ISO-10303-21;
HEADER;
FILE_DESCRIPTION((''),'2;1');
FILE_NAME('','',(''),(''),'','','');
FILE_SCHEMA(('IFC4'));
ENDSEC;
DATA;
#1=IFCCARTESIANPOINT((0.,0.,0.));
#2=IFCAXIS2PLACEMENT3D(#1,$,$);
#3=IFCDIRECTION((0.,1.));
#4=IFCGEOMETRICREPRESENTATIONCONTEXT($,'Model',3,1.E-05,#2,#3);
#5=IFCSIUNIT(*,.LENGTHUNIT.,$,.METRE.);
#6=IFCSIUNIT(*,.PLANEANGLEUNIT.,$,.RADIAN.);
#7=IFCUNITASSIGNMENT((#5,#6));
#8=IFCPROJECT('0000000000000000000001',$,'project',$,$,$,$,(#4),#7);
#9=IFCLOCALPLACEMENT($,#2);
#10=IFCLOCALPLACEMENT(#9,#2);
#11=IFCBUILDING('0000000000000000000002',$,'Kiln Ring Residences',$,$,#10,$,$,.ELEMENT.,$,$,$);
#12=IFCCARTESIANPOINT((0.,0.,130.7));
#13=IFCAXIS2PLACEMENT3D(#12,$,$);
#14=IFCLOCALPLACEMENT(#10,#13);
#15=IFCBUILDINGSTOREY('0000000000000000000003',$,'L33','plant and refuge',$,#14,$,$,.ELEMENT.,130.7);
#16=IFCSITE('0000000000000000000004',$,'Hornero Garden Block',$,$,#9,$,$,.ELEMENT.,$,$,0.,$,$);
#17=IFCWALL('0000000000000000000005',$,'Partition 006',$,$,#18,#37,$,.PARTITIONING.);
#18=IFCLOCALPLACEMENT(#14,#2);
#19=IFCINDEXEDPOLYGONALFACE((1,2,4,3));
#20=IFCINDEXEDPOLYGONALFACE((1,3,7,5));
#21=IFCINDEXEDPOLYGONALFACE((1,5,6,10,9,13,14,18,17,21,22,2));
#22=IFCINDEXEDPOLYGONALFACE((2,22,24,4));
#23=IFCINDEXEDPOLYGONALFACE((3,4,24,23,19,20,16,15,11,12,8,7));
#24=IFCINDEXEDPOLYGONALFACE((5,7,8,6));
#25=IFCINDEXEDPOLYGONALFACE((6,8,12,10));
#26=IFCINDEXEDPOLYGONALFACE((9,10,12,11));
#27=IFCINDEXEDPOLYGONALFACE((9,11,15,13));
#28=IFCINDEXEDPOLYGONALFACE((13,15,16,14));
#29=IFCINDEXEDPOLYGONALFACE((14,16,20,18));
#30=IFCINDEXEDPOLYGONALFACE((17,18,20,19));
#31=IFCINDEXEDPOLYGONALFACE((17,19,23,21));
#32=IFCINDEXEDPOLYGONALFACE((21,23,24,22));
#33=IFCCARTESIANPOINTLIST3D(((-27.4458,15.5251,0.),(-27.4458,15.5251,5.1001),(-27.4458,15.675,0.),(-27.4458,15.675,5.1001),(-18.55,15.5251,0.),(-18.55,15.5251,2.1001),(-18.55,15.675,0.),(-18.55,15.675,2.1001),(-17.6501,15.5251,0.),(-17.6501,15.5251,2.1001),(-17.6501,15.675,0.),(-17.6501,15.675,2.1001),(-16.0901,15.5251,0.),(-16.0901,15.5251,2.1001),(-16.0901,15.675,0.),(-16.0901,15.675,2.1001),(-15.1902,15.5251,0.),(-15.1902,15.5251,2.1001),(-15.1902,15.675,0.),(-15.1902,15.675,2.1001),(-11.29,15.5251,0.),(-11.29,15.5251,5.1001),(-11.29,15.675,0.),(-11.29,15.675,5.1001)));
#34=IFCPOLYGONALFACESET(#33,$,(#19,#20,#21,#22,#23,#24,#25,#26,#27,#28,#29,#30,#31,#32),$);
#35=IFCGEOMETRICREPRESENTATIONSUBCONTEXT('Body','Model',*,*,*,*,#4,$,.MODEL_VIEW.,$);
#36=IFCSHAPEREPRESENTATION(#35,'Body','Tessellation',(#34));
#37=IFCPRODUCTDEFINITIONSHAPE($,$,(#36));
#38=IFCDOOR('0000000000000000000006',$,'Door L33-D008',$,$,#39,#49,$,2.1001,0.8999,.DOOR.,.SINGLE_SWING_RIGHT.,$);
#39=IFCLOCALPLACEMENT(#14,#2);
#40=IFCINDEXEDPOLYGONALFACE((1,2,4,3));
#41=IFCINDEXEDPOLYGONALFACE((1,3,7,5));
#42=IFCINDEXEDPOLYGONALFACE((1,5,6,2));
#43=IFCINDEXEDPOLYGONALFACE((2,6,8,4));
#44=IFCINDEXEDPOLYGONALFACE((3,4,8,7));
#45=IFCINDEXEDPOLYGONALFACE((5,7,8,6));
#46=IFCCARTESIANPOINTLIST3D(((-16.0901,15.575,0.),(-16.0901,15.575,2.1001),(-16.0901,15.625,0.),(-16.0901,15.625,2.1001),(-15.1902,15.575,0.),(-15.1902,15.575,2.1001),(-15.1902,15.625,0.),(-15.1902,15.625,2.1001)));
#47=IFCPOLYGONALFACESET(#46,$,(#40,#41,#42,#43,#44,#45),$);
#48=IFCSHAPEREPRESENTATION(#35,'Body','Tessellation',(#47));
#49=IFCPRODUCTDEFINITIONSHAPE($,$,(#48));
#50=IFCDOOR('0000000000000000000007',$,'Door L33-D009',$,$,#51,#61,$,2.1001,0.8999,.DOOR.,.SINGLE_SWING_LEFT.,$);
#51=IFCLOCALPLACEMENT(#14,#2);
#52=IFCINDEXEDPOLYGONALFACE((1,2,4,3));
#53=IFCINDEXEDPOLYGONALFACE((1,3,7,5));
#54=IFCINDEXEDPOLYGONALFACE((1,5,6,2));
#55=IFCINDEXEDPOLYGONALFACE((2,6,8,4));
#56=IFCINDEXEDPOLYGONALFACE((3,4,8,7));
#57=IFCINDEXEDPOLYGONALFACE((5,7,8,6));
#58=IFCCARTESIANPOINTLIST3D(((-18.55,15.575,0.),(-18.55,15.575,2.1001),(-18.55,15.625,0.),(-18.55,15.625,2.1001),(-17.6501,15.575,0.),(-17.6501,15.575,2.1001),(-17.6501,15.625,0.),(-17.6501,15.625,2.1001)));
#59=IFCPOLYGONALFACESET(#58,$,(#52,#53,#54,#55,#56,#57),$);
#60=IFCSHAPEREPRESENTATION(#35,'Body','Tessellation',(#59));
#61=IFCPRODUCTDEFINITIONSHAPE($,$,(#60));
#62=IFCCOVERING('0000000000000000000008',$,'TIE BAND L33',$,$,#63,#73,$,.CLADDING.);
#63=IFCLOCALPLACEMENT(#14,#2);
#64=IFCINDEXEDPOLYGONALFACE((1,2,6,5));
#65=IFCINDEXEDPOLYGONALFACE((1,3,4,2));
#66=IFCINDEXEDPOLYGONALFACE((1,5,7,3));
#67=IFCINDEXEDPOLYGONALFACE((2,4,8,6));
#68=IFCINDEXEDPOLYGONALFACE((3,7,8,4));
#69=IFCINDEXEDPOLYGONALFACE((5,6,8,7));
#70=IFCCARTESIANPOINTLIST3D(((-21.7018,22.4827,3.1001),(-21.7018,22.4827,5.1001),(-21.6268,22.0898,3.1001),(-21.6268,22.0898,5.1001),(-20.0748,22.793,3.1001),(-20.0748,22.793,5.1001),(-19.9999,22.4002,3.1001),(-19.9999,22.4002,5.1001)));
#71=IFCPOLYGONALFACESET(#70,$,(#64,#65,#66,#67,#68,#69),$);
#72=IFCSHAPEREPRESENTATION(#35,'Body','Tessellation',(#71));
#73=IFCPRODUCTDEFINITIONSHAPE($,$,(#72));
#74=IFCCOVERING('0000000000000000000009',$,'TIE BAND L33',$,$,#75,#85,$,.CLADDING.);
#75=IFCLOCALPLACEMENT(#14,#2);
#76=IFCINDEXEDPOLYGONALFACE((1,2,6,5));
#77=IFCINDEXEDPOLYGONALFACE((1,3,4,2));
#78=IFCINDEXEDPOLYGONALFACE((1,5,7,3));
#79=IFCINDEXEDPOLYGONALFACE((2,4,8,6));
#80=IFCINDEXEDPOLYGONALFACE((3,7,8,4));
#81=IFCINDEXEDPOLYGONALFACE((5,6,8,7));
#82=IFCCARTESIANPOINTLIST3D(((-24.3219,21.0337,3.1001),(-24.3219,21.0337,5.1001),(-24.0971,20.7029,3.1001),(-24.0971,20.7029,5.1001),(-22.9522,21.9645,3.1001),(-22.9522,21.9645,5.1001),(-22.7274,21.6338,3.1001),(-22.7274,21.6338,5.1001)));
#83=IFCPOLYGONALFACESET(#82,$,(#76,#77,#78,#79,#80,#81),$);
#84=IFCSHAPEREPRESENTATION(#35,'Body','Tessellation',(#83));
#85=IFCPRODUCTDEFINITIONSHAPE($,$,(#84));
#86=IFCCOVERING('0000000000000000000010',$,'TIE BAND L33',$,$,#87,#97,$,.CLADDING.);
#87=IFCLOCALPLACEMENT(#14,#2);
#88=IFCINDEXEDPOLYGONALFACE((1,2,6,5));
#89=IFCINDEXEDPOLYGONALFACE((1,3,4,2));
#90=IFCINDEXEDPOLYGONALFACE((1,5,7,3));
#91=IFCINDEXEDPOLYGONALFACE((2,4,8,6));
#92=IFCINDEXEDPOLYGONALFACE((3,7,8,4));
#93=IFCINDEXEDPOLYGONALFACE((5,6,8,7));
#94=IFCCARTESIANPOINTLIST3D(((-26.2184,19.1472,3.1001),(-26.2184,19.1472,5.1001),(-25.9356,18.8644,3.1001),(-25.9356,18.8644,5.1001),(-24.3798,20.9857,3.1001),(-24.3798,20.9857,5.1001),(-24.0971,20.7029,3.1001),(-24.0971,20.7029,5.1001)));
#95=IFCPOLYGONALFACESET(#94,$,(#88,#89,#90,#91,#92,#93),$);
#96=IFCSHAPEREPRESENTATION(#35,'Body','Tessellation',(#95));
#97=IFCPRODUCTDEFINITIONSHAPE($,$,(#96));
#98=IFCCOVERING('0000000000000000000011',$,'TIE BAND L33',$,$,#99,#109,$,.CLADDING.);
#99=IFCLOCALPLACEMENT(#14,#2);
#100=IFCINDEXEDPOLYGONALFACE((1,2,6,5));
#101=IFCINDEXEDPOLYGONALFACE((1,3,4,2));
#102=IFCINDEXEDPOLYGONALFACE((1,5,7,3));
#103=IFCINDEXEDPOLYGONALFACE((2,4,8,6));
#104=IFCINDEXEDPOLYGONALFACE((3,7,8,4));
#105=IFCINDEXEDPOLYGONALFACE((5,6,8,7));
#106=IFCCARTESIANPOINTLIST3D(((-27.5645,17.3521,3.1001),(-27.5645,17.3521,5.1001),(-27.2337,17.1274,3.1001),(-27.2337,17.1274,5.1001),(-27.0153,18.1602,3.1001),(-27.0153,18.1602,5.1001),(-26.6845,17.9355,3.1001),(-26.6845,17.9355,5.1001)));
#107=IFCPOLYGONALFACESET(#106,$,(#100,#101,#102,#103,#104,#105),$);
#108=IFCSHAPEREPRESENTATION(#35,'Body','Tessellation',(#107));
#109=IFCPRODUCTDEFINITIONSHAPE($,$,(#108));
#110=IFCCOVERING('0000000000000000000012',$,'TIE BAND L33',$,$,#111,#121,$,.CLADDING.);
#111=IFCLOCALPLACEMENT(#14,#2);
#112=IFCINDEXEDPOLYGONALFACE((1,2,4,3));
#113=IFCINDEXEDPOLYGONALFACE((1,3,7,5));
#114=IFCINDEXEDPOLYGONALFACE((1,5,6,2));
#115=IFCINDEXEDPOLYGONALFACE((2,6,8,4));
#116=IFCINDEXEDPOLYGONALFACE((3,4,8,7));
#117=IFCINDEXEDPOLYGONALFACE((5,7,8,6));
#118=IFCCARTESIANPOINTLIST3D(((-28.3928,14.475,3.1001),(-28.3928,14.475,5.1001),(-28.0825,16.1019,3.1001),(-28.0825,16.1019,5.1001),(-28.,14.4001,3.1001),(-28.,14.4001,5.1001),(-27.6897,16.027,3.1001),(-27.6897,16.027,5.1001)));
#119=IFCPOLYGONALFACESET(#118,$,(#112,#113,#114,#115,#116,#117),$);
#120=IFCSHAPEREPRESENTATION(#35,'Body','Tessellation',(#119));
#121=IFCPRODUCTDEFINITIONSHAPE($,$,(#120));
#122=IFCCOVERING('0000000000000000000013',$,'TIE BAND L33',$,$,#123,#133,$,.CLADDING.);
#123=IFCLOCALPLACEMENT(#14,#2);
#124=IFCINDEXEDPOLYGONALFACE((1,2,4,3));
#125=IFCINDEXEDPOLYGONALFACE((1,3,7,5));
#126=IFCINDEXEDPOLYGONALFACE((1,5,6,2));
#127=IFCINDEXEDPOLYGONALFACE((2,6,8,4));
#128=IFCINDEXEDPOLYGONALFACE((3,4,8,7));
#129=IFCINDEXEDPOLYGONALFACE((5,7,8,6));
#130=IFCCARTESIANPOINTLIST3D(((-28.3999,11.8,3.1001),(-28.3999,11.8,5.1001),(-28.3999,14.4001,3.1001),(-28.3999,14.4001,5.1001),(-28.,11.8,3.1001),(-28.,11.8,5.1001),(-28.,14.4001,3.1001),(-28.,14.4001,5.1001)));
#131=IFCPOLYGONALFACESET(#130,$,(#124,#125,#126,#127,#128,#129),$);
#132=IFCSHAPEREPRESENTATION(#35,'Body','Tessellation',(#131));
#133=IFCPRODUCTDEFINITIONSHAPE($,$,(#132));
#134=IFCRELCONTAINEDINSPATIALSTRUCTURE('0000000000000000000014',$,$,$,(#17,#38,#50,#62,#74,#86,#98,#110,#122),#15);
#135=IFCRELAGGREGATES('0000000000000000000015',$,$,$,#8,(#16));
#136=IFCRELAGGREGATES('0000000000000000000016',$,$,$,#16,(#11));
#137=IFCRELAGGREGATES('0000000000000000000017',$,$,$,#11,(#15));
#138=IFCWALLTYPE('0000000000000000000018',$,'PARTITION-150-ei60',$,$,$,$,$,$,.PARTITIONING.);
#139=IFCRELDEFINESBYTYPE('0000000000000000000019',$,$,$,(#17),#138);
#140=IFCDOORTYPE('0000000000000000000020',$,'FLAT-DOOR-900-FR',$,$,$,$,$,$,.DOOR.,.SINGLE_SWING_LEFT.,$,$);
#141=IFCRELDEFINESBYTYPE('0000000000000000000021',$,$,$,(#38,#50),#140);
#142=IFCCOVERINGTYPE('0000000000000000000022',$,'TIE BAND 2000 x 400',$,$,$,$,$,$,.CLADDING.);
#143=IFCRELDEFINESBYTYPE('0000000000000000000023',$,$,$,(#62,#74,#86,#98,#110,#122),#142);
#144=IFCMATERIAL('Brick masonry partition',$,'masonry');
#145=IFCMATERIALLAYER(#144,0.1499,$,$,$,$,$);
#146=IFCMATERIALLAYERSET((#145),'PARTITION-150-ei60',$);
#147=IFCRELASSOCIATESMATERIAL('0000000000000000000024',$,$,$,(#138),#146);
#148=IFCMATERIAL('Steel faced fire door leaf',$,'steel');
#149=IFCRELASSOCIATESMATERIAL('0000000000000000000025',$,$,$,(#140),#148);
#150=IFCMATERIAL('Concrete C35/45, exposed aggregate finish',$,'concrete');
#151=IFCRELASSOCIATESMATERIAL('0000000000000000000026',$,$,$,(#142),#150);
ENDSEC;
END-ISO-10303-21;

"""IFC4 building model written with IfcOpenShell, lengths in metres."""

from ifc_helpers import new_model, si_unit, direction, frame, frame_2d, origin, origin_2d, place, context, subcontext, project, spatial, rectangle, extrude, material, layer, layer_set, type_object, element, fill, save


model = new_model("IFC4")

# Units and contexts
model_context = context("Model", 3, precision=1e-05, world=origin(), true_north=direction((0.0, 1.0)))
body_context = subcontext(model_context, "Body", "Model", "MODEL_VIEW")
ifc_project = project(units=[si_unit("LENGTHUNIT", "METRE"), si_unit("PLANEANGLEUNIT", "RADIAN")], contexts=[model_context])

# Site, building, storey
site_placement = place(None, origin())
site = spatial("IfcSite", under=ifc_project, at=site_placement, Name="Hornero Garden Block", CompositionType="ELEMENT", RefElevation=0.0)
building_placement = place(site_placement, origin())
building = spatial("IfcBuilding", under=site, at=building_placement, Name="Kiln Ring Residences", CompositionType="ELEMENT")
storey_placement = place(building_placement, frame((0.0, 0.0, 130.7)))
storey = spatial("IfcBuildingStorey", under=building, at=storey_placement, Name="L33", Description="plant and refuge", CompositionType="ELEMENT", Elevation=130.7)

# Wall, openings, doors
ifc_material_1 = material(Name="Brick masonry partition", Category="masonry")
ifc_layer_1 = layer(ifc_material_1, 0.1499)
ifc_layer_set_1 = layer_set([ifc_layer_1], Name="PARTITION-150-ei60")
wall_type_1 = type_object("IfcWallType", Name="PARTITION-150-ei60", PredefinedType="PARTITIONING", material=ifc_layer_set_1)
wall_1_placement = place(storey_placement, frame((-27.4458, 15.6001, 0.0), z_axis=(0.0, 0.0, 1.0), x_axis=(1.0, 0.0, 0.0)))
wall_1 = element("IfcWall", 1, at=wall_1_placement, inside=storey, type_object=wall_type_1, Name="Partition 006", PredefinedType="PARTITIONING", context=body_context, shape_type="SweptSolid", body=[
    extrude(rectangle(XDim=16.1558, YDim=0.1499, at=frame_2d((8.0779, 0.0))), origin(), (0.0, 0.0, 1.0), 5.1001),
])
opening_1_placement = place(wall_1_placement, frame((11.3557, 0.0, 0.0)))
opening_1 = element("IfcOpeningElement", 2, at=opening_1_placement, cuts=wall_1, PredefinedType="OPENING", context=body_context, shape_type="SweptSolid", body=[
    extrude(rectangle(XDim=0.8999, YDim=2.1001, at=frame_2d((0.45, 1.05))), frame((0.0, 0.085, 0.0), z_axis=(0.0, -1.0, 0.0), x_axis=(1.0, 0.0, 0.0)), (0.0, 0.0, 1.0), 0.1699),
])
opening_2_placement = place(wall_1_placement, frame((8.8958, 0.0, 0.0)))
opening_2 = element("IfcOpeningElement", 3, at=opening_2_placement, cuts=wall_1, PredefinedType="OPENING", context=body_context, shape_type="SweptSolid", body=[
    extrude(rectangle(XDim=0.8999, YDim=2.1001, at=frame_2d((0.45, 1.05))), frame((0.0, 0.085, 0.0), z_axis=(0.0, -1.0, 0.0), x_axis=(1.0, 0.0, 0.0)), (0.0, 0.0, 1.0), 0.1699),
])
ifc_material_2 = material(Name="Steel faced fire door leaf", Category="steel")
door_type = type_object("IfcDoorType", Name="FLAT-DOOR-900-FR", OperationType="SINGLE_SWING_LEFT", PredefinedType="DOOR", material=ifc_material_2)
door_1_placement = place(opening_1_placement, origin())
door_1 = element("IfcDoor", 4, at=door_1_placement, inside=storey, type_object=door_type, Name="Door L33-D008", OperationType="SINGLE_SWING_RIGHT", OverallHeight=2.1001, OverallWidth=0.8999, PredefinedType="DOOR", context=body_context, shape_type="SweptSolid", body=[
    extrude(rectangle(XDim=0.8999, YDim=2.1001, at=frame_2d((0.45, 1.05))), frame((0.0, 0.0249, 0.0), z_axis=(0.0, -1.0, 0.0), x_axis=(1.0, 0.0, 0.0)), (0.0, 0.0, 1.0), 0.05),
])
fill(opening_1, door_1)
door_2_placement = place(opening_2_placement, origin())
door_2 = element("IfcDoor", 5, at=door_2_placement, inside=storey, type_object=door_type, Name="Door L33-D009", OperationType="SINGLE_SWING_LEFT", OverallHeight=2.1001, OverallWidth=0.8999, PredefinedType="DOOR", context=body_context, shape_type="SweptSolid", body=[
    extrude(rectangle(XDim=0.8999, YDim=2.1001, at=frame_2d((0.45, 1.05))), frame((0.0, 0.0249, 0.0), z_axis=(0.0, -1.0, 0.0), x_axis=(1.0, 0.0, 0.0)), (0.0, 0.0, 1.0), 0.05),
])
fill(opening_2, door_2)

# Coverings
ifc_material_3 = material(Name="Concrete C35/45, exposed aggregate finish", Category="concrete")
covering_type = type_object("IfcCoveringType", Name="TIE BAND 2000 x 400", PredefinedType="CLADDING", material=ifc_material_3)
covering_1_placement = place(storey_placement, frame((-20.8508, 22.4414, 3.1001), z_axis=(0.0, 0.0, 1.0), x_axis=(-0.98229, -0.187366, 0.0)))
element("IfcCovering", 6, at=covering_1_placement, inside=storey, type_object=covering_type, Name="TIE BAND L33", PredefinedType="CLADDING", context=body_context, shape_type="SweptSolid", body=[
    extrude(rectangle(XDim=1.6562, YDim=0.3999, at=origin_2d()), origin(), (0.0, 0.0, 1.0), 2.0),
])
covering_2_placement = place(storey_placement, frame((-23.5247, 21.3337, 3.1001), z_axis=(0.0, 0.0, 1.0), x_axis=(-0.827072, -0.562097, 0.0)))
element("IfcCovering", 7, at=covering_2_placement, inside=storey, type_object=covering_type, Name="TIE BAND L33", PredefinedType="CLADDING", context=body_context, shape_type="SweptSolid", body=[
    extrude(rectangle(XDim=1.656, YDim=0.3999, at=origin_2d()), origin(), (0.0, 0.0, 1.0), 2.0),
])
covering_3_placement = place(storey_placement, frame((-25.1577, 19.925, 3.1001), z_axis=(0.0, 0.0, 1.0), x_axis=(-0.707107, -0.707107, 0.0)))
element("IfcCovering", 8, at=covering_3_placement, inside=storey, type_object=covering_type, Name="TIE BAND L33", PredefinedType="CLADDING", context=body_context, shape_type="SweptSolid", body=[
    extrude(rectangle(XDim=2.6001, YDim=0.3999, at=origin_2d()), origin(), (0.0, 0.0, 1.0), 2.0),
])
covering_4_placement = place(storey_placement, frame((-27.1245, 17.6438, 3.1001), z_axis=(0.0, 0.0, 1.0), x_axis=(-0.562097, -0.827072, 0.0)))
element("IfcCovering", 9, at=covering_4_placement, inside=storey, type_object=covering_type, Name="TIE BAND L33", PredefinedType="CLADDING", context=body_context, shape_type="SweptSolid", body=[
    extrude(rectangle(XDim=0.9771, YDim=0.3999, at=origin_2d()), origin(), (0.0, 0.0, 1.0), 2.0),
])
covering_5_placement = place(storey_placement, frame((-28.0413, 15.251, 3.1001), z_axis=(0.0, 0.0, 1.0), x_axis=(-0.187366, -0.98229, 0.0)))
element("IfcCovering", 10, at=covering_5_placement, inside=storey, type_object=covering_type, Name="TIE BAND L33", PredefinedType="CLADDING", context=body_context, shape_type="SweptSolid", body=[
    extrude(rectangle(XDim=1.6562, YDim=0.3999, at=origin_2d()), origin(), (0.0, 0.0, 1.0), 2.0),
])
covering_6_placement = place(storey_placement, frame((-28.2, 13.1001, 3.1001), z_axis=(0.0, 0.0, 1.0), x_axis=(0.0, -1.0, 0.0)))
element("IfcCovering", 11, at=covering_6_placement, inside=storey, type_object=covering_type, Name="TIE BAND L33", PredefinedType="CLADDING", context=body_context, shape_type="SweptSolid", body=[
    extrude(rectangle(XDim=2.6001, YDim=0.3999, at=origin_2d()), origin(), (0.0, 0.0, 1.0), 2.0),
])

save(model, "model.ifc")
